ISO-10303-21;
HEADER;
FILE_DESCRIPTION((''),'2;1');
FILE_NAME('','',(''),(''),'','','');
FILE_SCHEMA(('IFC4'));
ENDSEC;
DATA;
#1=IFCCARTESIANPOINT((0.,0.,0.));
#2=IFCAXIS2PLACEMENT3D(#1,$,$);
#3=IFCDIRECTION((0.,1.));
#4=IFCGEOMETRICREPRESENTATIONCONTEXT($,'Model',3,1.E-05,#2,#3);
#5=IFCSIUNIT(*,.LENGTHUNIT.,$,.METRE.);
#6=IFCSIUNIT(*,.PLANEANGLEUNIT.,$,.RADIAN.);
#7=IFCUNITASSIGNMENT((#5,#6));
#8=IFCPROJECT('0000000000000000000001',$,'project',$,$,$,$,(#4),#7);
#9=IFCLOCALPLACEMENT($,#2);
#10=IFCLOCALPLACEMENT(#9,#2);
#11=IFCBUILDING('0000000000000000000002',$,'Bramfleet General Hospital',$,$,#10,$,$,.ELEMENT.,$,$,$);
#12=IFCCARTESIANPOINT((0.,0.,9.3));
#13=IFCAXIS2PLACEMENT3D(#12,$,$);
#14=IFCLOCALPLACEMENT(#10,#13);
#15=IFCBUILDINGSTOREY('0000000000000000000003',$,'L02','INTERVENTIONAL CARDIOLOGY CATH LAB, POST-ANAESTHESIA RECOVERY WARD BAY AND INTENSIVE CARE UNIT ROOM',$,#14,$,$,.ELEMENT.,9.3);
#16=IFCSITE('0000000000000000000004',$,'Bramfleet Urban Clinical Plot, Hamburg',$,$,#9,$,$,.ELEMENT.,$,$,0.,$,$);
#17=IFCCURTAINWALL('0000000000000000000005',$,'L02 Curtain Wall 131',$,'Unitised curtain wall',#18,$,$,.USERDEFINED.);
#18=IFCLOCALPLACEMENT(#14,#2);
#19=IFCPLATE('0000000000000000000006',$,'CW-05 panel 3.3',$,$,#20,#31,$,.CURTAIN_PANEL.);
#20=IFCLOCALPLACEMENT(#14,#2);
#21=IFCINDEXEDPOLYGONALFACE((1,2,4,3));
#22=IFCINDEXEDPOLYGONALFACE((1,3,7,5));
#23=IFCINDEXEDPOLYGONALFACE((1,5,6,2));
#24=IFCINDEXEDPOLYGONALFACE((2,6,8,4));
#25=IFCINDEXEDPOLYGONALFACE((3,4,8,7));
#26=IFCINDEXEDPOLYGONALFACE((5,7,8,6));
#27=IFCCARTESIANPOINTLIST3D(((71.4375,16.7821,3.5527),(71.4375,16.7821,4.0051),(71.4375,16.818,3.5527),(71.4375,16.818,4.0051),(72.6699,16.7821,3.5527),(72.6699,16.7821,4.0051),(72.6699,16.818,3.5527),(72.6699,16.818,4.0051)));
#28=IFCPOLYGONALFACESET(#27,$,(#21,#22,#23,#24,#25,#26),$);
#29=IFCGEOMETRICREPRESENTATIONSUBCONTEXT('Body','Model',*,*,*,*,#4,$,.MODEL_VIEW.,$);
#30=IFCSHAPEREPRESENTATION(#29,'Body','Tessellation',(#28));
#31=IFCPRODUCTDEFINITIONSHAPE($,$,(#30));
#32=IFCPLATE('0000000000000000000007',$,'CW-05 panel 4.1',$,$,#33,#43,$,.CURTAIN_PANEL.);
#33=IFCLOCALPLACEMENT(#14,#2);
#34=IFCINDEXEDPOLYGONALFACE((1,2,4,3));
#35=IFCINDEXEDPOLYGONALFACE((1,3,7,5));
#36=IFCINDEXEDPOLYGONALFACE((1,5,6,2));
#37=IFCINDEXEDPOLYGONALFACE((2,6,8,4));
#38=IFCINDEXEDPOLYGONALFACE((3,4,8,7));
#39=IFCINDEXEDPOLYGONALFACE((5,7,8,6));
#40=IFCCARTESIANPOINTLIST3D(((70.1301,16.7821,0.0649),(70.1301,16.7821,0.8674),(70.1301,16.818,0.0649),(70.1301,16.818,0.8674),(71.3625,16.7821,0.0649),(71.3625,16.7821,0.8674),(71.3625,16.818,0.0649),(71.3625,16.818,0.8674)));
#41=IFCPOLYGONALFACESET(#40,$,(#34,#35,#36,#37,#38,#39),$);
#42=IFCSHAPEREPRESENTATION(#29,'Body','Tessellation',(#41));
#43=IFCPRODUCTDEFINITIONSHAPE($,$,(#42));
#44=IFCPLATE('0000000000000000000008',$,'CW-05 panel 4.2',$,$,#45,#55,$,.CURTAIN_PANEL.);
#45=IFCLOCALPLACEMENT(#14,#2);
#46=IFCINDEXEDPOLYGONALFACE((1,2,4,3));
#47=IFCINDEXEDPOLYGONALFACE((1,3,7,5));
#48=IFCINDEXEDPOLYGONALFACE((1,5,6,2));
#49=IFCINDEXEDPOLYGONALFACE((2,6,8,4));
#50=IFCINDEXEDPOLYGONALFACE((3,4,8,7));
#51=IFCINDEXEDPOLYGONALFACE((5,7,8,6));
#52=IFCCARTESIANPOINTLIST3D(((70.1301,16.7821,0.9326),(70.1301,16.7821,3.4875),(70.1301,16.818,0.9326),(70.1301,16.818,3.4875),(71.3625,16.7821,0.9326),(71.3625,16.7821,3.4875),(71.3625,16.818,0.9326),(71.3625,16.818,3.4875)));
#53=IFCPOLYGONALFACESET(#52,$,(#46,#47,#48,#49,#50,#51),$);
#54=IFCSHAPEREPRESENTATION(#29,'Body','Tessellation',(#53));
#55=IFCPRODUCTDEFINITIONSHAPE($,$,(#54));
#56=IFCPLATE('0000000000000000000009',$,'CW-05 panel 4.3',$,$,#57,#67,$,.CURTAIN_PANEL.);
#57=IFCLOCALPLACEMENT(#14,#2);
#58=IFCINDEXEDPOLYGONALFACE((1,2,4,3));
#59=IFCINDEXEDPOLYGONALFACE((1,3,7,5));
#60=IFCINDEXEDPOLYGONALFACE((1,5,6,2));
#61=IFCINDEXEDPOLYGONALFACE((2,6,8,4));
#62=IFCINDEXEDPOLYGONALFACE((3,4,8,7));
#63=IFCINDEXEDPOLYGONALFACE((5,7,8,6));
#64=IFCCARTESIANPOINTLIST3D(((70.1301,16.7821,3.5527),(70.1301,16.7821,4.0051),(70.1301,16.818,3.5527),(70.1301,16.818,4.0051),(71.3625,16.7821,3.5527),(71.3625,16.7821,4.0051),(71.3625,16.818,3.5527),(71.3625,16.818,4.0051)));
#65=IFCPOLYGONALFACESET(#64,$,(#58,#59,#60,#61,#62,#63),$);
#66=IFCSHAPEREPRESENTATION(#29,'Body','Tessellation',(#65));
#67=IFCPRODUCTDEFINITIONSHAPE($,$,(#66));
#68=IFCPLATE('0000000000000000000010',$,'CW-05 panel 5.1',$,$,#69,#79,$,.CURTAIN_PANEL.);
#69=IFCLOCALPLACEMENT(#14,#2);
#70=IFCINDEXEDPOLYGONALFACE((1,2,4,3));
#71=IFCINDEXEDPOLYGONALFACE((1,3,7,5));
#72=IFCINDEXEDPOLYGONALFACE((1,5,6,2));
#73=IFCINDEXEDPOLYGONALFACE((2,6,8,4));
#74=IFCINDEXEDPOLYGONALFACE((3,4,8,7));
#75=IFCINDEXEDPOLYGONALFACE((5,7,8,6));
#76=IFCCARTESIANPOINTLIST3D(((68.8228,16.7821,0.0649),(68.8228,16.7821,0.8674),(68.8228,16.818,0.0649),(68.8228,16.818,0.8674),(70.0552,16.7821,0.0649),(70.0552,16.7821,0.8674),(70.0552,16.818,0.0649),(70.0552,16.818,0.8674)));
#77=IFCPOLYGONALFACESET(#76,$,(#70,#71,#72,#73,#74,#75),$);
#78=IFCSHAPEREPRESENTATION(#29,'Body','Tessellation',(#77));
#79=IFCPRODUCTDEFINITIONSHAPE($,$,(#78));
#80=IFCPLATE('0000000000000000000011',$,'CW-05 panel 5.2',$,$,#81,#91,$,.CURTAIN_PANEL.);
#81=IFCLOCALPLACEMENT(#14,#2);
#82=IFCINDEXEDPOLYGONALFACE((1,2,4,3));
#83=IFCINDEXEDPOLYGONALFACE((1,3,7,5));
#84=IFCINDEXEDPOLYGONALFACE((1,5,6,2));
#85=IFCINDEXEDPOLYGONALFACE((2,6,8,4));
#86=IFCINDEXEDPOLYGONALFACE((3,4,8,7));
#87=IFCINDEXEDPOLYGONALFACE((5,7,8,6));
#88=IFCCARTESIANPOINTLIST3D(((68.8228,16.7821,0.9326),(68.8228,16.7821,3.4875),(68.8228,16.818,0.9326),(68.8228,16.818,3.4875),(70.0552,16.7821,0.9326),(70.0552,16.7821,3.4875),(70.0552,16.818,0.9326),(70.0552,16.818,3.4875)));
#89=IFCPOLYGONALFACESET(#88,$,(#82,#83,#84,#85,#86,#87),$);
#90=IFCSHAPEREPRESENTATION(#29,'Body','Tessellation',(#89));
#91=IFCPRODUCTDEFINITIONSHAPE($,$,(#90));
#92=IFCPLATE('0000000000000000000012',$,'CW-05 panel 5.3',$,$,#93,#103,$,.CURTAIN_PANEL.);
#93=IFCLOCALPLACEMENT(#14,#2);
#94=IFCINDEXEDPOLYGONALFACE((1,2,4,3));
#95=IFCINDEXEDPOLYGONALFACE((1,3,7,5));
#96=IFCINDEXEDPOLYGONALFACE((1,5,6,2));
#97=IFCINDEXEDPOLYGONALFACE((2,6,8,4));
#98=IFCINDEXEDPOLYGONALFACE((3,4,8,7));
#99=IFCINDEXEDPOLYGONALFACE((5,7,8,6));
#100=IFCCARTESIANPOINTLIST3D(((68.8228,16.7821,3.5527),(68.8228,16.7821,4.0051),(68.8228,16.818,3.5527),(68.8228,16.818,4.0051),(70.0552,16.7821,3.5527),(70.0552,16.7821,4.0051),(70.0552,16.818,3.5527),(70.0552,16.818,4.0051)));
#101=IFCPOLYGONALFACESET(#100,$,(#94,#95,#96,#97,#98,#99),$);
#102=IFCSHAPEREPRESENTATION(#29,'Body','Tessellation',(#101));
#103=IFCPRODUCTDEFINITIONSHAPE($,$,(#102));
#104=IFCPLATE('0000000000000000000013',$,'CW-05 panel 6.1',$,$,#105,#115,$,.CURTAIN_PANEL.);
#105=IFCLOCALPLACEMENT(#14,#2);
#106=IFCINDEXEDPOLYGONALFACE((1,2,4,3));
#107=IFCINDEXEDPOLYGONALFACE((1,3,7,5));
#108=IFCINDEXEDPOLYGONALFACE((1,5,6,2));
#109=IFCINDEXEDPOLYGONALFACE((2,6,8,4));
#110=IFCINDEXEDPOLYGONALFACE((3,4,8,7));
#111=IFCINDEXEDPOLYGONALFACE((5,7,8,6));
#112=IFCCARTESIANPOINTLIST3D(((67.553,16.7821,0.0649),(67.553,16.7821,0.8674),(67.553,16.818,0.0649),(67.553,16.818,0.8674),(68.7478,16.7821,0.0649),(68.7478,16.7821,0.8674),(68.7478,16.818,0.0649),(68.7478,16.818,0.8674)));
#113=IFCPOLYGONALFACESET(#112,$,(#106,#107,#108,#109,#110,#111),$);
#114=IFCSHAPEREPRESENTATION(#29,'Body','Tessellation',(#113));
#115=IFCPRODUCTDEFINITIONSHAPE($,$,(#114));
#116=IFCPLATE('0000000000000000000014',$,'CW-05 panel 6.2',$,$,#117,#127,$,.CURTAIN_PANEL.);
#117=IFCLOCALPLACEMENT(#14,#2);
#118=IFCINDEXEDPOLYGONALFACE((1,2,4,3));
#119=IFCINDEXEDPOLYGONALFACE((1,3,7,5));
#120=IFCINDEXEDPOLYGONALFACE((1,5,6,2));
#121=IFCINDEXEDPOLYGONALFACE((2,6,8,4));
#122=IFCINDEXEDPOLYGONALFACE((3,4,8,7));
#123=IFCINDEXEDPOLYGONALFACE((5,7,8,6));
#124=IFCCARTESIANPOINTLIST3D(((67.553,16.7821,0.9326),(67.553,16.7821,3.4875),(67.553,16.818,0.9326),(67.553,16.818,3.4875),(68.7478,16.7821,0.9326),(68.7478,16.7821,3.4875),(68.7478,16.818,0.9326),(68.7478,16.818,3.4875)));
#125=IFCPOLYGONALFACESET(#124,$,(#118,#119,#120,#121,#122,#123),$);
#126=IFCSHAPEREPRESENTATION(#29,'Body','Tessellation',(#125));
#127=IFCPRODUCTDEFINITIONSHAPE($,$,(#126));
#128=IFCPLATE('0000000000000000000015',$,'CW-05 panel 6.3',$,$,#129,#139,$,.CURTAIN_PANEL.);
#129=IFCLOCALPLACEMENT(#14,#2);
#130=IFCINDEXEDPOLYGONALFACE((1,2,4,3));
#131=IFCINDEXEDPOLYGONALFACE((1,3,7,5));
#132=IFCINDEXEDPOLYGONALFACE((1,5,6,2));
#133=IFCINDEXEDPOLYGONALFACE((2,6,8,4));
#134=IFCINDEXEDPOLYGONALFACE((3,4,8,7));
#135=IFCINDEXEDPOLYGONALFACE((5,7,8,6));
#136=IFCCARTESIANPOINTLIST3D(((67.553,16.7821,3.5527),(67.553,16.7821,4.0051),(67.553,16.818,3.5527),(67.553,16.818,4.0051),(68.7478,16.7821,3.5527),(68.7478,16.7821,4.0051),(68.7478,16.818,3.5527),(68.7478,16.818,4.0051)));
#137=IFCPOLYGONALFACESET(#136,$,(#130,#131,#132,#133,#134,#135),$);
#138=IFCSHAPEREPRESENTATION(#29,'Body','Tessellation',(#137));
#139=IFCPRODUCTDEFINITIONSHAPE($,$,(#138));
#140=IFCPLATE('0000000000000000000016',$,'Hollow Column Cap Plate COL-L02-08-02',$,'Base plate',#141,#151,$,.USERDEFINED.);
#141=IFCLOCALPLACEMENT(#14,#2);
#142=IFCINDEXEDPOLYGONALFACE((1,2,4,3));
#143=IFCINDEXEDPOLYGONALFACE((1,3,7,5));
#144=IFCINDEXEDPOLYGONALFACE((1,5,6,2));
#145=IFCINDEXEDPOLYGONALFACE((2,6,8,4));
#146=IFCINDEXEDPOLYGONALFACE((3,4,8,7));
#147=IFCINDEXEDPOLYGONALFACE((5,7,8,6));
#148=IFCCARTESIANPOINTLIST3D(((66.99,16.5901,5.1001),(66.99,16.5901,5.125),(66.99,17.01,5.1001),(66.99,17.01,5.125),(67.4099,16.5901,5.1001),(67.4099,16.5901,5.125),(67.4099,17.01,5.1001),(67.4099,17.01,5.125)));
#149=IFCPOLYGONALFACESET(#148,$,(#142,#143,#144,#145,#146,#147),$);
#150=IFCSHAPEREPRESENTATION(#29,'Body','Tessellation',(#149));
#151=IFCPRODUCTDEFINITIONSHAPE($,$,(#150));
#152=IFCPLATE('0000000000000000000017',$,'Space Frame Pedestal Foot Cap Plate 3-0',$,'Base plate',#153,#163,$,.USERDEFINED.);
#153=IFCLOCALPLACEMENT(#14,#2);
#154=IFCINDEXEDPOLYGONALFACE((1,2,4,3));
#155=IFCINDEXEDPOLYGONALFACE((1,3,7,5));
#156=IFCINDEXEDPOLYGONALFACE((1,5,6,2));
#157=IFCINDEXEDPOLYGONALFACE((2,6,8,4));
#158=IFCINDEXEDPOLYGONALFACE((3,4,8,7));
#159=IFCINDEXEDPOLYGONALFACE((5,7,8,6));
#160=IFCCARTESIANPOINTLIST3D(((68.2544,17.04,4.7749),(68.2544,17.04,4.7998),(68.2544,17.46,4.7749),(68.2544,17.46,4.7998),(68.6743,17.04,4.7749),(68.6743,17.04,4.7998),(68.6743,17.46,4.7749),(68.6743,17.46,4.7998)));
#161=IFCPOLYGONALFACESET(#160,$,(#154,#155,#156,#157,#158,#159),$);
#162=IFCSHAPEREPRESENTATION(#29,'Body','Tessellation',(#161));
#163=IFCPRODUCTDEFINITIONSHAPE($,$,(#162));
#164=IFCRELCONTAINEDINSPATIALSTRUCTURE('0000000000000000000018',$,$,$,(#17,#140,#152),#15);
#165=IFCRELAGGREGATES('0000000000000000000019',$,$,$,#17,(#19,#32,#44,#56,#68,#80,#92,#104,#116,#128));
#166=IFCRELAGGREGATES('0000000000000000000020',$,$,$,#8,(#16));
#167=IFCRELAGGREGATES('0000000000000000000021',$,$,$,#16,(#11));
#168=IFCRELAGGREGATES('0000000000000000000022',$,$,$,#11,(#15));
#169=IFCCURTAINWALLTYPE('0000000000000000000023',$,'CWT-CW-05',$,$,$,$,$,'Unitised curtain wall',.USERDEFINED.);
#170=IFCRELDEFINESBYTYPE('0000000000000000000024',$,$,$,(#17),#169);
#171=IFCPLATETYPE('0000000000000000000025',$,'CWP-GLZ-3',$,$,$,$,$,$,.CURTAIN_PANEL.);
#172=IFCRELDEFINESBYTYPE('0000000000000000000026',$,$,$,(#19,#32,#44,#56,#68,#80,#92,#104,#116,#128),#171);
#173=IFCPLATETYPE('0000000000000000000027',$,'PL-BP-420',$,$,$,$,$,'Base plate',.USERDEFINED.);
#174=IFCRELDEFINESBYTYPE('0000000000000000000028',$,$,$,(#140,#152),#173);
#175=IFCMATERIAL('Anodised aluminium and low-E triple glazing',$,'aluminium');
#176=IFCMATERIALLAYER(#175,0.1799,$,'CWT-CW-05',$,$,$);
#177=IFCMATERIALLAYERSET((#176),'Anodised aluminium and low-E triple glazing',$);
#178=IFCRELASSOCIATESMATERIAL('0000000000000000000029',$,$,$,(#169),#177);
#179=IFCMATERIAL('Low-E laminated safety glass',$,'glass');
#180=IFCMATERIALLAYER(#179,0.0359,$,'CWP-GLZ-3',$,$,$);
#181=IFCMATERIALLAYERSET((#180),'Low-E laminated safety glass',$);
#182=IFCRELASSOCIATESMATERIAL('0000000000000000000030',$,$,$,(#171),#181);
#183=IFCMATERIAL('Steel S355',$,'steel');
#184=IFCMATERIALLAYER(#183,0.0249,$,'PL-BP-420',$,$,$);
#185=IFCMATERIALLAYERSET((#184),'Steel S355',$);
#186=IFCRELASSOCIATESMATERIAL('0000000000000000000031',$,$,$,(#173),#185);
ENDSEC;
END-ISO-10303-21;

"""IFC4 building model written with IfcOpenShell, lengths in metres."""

from ifc_helpers import new_model, si_unit, direction, frame, origin, origin_2d, place, context, subcontext, project, spatial, rectangle, extrude, material, layer, layer_set, type_object, element, aggregate, save


model = new_model("IFC4")

# Units and contexts
model_context = context("Model", 3, precision=1e-05, world=origin(), true_north=direction((0.0, 1.0)))
body_context = subcontext(model_context, "Body", "Model", "MODEL_VIEW")
ifc_project = project(units=[si_unit("LENGTHUNIT", "METRE"), si_unit("PLANEANGLEUNIT", "RADIAN")], contexts=[model_context])

# Site, building, storey
site_placement = place(None, origin())
site = spatial("IfcSite", under=ifc_project, at=site_placement, Name="Bramfleet Urban Clinical Plot, Hamburg", CompositionType="ELEMENT", RefElevation=0.0)
building_placement = place(site_placement, origin())
building = spatial("IfcBuilding", under=site, at=building_placement, Name="Bramfleet General Hospital", CompositionType="ELEMENT")
storey_placement = place(building_placement, frame((0.0, 0.0, 9.3)))
storey = spatial("IfcBuildingStorey", under=building, at=storey_placement, Name="L02", Description="INTERVENTIONAL CARDIOLOGY CATH LAB, POST-ANAESTHESIA RECOVERY WARD BAY AND INTENSIVE CARE UNIT ROOM", CompositionType="ELEMENT", Elevation=9.3)

# Curtain wall, plates
ifc_material_1 = material(Name="Anodised aluminium and low-E triple glazing", Category="aluminium")
ifc_layer_1 = layer(ifc_material_1, 0.1799, Name="CWT-CW-05")
ifc_layer_set_1 = layer_set([ifc_layer_1], Name="Anodised aluminium and low-E triple glazing")
curtain_wall_type = type_object("IfcCurtainWallType", Name="CWT-CW-05", ElementType="Unitised curtain wall", PredefinedType="USERDEFINED", material=ifc_layer_set_1)
curtain_wall_placement = place(storey_placement, origin())
curtain_wall = element("IfcCurtainWall", 1, at=curtain_wall_placement, inside=storey, type_object=curtain_wall_type, Name="L02 Curtain Wall 131", ObjectType="Unitised curtain wall", PredefinedType="USERDEFINED")
ifc_material_2 = material(Name="Low-E laminated safety glass", Category="glass")
ifc_layer_2 = layer(ifc_material_2, 0.0359, Name="CWP-GLZ-3")
ifc_layer_set_2 = layer_set([ifc_layer_2], Name="Low-E laminated safety glass")
plate_type_1 = type_object("IfcPlateType", Name="CWP-GLZ-3", PredefinedType="CURTAIN_PANEL", material=ifc_layer_set_2)
plate_1_placement = place(storey_placement, frame((72.0537, 16.8, 3.5527), z_axis=(0.0, 0.0, 1.0), x_axis=(-1.0, 0.0, 0.0)))
plate_1 = element("IfcPlate", 2, at=plate_1_placement, type_object=plate_type_1, Name="CW-05 panel 3.3", PredefinedType="CURTAIN_PANEL", context=body_context, shape_type="SweptSolid", body=[
    extrude(rectangle(XDim=1.2324, YDim=0.0359, at=origin_2d()), origin(), (0.0, 0.0, 1.0), 0.4524),
])
plate_2_placement = place(storey_placement, frame((70.7463, 16.8, 0.0649), z_axis=(0.0, 0.0, 1.0), x_axis=(-1.0, 0.0, 0.0)))
plate_2 = element("IfcPlate", 3, at=plate_2_placement, type_object=plate_type_1, Name="CW-05 panel 4.1", PredefinedType="CURTAIN_PANEL", context=body_context, shape_type="SweptSolid", body=[
    extrude(rectangle(XDim=1.2324, YDim=0.0359, at=origin_2d()), origin(), (0.0, 0.0, 1.0), 0.8025),
])
plate_3_placement = place(storey_placement, frame((70.7463, 16.8, 0.9326), z_axis=(0.0, 0.0, 1.0), x_axis=(-1.0, 0.0, 0.0)))
plate_3 = element("IfcPlate", 4, at=plate_3_placement, type_object=plate_type_1, Name="CW-05 panel 4.2", PredefinedType="CURTAIN_PANEL", context=body_context, shape_type="SweptSolid", body=[
    extrude(rectangle(XDim=1.2324, YDim=0.0359, at=origin_2d()), origin(), (0.0, 0.0, 1.0), 2.5549),
])
plate_4_placement = place(storey_placement, frame((70.7463, 16.8, 3.5527), z_axis=(0.0, 0.0, 1.0), x_axis=(-1.0, 0.0, 0.0)))
plate_4 = element("IfcPlate", 5, at=plate_4_placement, type_object=plate_type_1, Name="CW-05 panel 4.3", PredefinedType="CURTAIN_PANEL", context=body_context, shape_type="SweptSolid", body=[
    extrude(rectangle(XDim=1.2324, YDim=0.0359, at=origin_2d()), origin(), (0.0, 0.0, 1.0), 0.4524),
])
plate_5_placement = place(storey_placement, frame((69.439, 16.8, 0.0649), z_axis=(0.0, 0.0, 1.0), x_axis=(-1.0, 0.0, 0.0)))
plate_5 = element("IfcPlate", 6, at=plate_5_placement, type_object=plate_type_1, Name="CW-05 panel 5.1", PredefinedType="CURTAIN_PANEL", context=body_context, shape_type="SweptSolid", body=[
    extrude(rectangle(XDim=1.2324, YDim=0.0359, at=origin_2d()), origin(), (0.0, 0.0, 1.0), 0.8025),
])
plate_6_placement = place(storey_placement, frame((69.439, 16.8, 0.9326), z_axis=(0.0, 0.0, 1.0), x_axis=(-1.0, 0.0, 0.0)))
plate_6 = element("IfcPlate", 7, at=plate_6_placement, type_object=plate_type_1, Name="CW-05 panel 5.2", PredefinedType="CURTAIN_PANEL", context=body_context, shape_type="SweptSolid", body=[
    extrude(rectangle(XDim=1.2324, YDim=0.0359, at=origin_2d()), origin(), (0.0, 0.0, 1.0), 2.5549),
])
plate_7_placement = place(storey_placement, frame((69.439, 16.8, 3.5527), z_axis=(0.0, 0.0, 1.0), x_axis=(-1.0, 0.0, 0.0)))
plate_7 = element("IfcPlate", 8, at=plate_7_placement, type_object=plate_type_1, Name="CW-05 panel 5.3", PredefinedType="CURTAIN_PANEL", context=body_context, shape_type="SweptSolid", body=[
    extrude(rectangle(XDim=1.2324, YDim=0.0359, at=origin_2d()), origin(), (0.0, 0.0, 1.0), 0.4524),
])
plate_8_placement = place(storey_placement, frame((68.1504, 16.8, 0.0649), z_axis=(0.0, 0.0, 1.0), x_axis=(-1.0, 0.0, 0.0)))
plate_8 = element("IfcPlate", 9, at=plate_8_placement, type_object=plate_type_1, Name="CW-05 panel 6.1", PredefinedType="CURTAIN_PANEL", context=body_context, shape_type="SweptSolid", body=[
    extrude(rectangle(XDim=1.1948, YDim=0.0359, at=origin_2d()), origin(), (0.0, 0.0, 1.0), 0.8025),
])
plate_9_placement = place(storey_placement, frame((68.1504, 16.8, 0.9326), z_axis=(0.0, 0.0, 1.0), x_axis=(-1.0, 0.0, 0.0)))
plate_9 = element("IfcPlate", 10, at=plate_9_placement, type_object=plate_type_1, Name="CW-05 panel 6.2", PredefinedType="CURTAIN_PANEL", context=body_context, shape_type="SweptSolid", body=[
    extrude(rectangle(XDim=1.1948, YDim=0.0359, at=origin_2d()), origin(), (0.0, 0.0, 1.0), 2.5549),
])
plate_10_placement = place(storey_placement, frame((68.1504, 16.8, 3.5527), z_axis=(0.0, 0.0, 1.0), x_axis=(-1.0, 0.0, 0.0)))
plate_10 = element("IfcPlate", 11, at=plate_10_placement, type_object=plate_type_1, Name="CW-05 panel 6.3", PredefinedType="CURTAIN_PANEL", context=body_context, shape_type="SweptSolid", body=[
    extrude(rectangle(XDim=1.1948, YDim=0.0359, at=origin_2d()), origin(), (0.0, 0.0, 1.0), 0.4524),
])
aggregate(curtain_wall, [plate_1, plate_2, plate_3, plate_4, plate_5, plate_6, plate_7, plate_8, plate_9, plate_10])

# Plates
ifc_material_3 = material(Name="Steel S355", Category="steel")
ifc_layer_3 = layer(ifc_material_3, 0.0249, Name="PL-BP-420")
ifc_layer_set_3 = layer_set([ifc_layer_3], Name="Steel S355")
plate_type_2 = type_object("IfcPlateType", Name="PL-BP-420", ElementType="Base plate", PredefinedType="USERDEFINED", material=ifc_layer_set_3)
for number, where, z_axis, x_axis, name in (
    (12, (67.2, 16.8, 5.1001), (0.0, 0.0, 1.0), (1.0, 0.0, 0.0), "Hollow Column Cap Plate COL-L02-08-02"),
    (13, (68.4644, 17.25, 4.7749), (0.0, 0.0, 1.0), (1.0, 0.0, 0.0), "Space Frame Pedestal Foot Cap Plate 3-0"),
):
    element("IfcPlate", number, at=place(storey_placement, frame(where, z_axis=z_axis, x_axis=x_axis)), inside=storey, type_object=plate_type_2, Name=name, ObjectType="Base plate", PredefinedType="USERDEFINED", context=body_context, shape_type="SweptSolid", body=[
        extrude(rectangle(XDim=0.4199, YDim=0.4199, at=origin_2d()), origin(), (0.0, 0.0, 1.0), 0.0249),
    ])

save(model, "model.ifc")
